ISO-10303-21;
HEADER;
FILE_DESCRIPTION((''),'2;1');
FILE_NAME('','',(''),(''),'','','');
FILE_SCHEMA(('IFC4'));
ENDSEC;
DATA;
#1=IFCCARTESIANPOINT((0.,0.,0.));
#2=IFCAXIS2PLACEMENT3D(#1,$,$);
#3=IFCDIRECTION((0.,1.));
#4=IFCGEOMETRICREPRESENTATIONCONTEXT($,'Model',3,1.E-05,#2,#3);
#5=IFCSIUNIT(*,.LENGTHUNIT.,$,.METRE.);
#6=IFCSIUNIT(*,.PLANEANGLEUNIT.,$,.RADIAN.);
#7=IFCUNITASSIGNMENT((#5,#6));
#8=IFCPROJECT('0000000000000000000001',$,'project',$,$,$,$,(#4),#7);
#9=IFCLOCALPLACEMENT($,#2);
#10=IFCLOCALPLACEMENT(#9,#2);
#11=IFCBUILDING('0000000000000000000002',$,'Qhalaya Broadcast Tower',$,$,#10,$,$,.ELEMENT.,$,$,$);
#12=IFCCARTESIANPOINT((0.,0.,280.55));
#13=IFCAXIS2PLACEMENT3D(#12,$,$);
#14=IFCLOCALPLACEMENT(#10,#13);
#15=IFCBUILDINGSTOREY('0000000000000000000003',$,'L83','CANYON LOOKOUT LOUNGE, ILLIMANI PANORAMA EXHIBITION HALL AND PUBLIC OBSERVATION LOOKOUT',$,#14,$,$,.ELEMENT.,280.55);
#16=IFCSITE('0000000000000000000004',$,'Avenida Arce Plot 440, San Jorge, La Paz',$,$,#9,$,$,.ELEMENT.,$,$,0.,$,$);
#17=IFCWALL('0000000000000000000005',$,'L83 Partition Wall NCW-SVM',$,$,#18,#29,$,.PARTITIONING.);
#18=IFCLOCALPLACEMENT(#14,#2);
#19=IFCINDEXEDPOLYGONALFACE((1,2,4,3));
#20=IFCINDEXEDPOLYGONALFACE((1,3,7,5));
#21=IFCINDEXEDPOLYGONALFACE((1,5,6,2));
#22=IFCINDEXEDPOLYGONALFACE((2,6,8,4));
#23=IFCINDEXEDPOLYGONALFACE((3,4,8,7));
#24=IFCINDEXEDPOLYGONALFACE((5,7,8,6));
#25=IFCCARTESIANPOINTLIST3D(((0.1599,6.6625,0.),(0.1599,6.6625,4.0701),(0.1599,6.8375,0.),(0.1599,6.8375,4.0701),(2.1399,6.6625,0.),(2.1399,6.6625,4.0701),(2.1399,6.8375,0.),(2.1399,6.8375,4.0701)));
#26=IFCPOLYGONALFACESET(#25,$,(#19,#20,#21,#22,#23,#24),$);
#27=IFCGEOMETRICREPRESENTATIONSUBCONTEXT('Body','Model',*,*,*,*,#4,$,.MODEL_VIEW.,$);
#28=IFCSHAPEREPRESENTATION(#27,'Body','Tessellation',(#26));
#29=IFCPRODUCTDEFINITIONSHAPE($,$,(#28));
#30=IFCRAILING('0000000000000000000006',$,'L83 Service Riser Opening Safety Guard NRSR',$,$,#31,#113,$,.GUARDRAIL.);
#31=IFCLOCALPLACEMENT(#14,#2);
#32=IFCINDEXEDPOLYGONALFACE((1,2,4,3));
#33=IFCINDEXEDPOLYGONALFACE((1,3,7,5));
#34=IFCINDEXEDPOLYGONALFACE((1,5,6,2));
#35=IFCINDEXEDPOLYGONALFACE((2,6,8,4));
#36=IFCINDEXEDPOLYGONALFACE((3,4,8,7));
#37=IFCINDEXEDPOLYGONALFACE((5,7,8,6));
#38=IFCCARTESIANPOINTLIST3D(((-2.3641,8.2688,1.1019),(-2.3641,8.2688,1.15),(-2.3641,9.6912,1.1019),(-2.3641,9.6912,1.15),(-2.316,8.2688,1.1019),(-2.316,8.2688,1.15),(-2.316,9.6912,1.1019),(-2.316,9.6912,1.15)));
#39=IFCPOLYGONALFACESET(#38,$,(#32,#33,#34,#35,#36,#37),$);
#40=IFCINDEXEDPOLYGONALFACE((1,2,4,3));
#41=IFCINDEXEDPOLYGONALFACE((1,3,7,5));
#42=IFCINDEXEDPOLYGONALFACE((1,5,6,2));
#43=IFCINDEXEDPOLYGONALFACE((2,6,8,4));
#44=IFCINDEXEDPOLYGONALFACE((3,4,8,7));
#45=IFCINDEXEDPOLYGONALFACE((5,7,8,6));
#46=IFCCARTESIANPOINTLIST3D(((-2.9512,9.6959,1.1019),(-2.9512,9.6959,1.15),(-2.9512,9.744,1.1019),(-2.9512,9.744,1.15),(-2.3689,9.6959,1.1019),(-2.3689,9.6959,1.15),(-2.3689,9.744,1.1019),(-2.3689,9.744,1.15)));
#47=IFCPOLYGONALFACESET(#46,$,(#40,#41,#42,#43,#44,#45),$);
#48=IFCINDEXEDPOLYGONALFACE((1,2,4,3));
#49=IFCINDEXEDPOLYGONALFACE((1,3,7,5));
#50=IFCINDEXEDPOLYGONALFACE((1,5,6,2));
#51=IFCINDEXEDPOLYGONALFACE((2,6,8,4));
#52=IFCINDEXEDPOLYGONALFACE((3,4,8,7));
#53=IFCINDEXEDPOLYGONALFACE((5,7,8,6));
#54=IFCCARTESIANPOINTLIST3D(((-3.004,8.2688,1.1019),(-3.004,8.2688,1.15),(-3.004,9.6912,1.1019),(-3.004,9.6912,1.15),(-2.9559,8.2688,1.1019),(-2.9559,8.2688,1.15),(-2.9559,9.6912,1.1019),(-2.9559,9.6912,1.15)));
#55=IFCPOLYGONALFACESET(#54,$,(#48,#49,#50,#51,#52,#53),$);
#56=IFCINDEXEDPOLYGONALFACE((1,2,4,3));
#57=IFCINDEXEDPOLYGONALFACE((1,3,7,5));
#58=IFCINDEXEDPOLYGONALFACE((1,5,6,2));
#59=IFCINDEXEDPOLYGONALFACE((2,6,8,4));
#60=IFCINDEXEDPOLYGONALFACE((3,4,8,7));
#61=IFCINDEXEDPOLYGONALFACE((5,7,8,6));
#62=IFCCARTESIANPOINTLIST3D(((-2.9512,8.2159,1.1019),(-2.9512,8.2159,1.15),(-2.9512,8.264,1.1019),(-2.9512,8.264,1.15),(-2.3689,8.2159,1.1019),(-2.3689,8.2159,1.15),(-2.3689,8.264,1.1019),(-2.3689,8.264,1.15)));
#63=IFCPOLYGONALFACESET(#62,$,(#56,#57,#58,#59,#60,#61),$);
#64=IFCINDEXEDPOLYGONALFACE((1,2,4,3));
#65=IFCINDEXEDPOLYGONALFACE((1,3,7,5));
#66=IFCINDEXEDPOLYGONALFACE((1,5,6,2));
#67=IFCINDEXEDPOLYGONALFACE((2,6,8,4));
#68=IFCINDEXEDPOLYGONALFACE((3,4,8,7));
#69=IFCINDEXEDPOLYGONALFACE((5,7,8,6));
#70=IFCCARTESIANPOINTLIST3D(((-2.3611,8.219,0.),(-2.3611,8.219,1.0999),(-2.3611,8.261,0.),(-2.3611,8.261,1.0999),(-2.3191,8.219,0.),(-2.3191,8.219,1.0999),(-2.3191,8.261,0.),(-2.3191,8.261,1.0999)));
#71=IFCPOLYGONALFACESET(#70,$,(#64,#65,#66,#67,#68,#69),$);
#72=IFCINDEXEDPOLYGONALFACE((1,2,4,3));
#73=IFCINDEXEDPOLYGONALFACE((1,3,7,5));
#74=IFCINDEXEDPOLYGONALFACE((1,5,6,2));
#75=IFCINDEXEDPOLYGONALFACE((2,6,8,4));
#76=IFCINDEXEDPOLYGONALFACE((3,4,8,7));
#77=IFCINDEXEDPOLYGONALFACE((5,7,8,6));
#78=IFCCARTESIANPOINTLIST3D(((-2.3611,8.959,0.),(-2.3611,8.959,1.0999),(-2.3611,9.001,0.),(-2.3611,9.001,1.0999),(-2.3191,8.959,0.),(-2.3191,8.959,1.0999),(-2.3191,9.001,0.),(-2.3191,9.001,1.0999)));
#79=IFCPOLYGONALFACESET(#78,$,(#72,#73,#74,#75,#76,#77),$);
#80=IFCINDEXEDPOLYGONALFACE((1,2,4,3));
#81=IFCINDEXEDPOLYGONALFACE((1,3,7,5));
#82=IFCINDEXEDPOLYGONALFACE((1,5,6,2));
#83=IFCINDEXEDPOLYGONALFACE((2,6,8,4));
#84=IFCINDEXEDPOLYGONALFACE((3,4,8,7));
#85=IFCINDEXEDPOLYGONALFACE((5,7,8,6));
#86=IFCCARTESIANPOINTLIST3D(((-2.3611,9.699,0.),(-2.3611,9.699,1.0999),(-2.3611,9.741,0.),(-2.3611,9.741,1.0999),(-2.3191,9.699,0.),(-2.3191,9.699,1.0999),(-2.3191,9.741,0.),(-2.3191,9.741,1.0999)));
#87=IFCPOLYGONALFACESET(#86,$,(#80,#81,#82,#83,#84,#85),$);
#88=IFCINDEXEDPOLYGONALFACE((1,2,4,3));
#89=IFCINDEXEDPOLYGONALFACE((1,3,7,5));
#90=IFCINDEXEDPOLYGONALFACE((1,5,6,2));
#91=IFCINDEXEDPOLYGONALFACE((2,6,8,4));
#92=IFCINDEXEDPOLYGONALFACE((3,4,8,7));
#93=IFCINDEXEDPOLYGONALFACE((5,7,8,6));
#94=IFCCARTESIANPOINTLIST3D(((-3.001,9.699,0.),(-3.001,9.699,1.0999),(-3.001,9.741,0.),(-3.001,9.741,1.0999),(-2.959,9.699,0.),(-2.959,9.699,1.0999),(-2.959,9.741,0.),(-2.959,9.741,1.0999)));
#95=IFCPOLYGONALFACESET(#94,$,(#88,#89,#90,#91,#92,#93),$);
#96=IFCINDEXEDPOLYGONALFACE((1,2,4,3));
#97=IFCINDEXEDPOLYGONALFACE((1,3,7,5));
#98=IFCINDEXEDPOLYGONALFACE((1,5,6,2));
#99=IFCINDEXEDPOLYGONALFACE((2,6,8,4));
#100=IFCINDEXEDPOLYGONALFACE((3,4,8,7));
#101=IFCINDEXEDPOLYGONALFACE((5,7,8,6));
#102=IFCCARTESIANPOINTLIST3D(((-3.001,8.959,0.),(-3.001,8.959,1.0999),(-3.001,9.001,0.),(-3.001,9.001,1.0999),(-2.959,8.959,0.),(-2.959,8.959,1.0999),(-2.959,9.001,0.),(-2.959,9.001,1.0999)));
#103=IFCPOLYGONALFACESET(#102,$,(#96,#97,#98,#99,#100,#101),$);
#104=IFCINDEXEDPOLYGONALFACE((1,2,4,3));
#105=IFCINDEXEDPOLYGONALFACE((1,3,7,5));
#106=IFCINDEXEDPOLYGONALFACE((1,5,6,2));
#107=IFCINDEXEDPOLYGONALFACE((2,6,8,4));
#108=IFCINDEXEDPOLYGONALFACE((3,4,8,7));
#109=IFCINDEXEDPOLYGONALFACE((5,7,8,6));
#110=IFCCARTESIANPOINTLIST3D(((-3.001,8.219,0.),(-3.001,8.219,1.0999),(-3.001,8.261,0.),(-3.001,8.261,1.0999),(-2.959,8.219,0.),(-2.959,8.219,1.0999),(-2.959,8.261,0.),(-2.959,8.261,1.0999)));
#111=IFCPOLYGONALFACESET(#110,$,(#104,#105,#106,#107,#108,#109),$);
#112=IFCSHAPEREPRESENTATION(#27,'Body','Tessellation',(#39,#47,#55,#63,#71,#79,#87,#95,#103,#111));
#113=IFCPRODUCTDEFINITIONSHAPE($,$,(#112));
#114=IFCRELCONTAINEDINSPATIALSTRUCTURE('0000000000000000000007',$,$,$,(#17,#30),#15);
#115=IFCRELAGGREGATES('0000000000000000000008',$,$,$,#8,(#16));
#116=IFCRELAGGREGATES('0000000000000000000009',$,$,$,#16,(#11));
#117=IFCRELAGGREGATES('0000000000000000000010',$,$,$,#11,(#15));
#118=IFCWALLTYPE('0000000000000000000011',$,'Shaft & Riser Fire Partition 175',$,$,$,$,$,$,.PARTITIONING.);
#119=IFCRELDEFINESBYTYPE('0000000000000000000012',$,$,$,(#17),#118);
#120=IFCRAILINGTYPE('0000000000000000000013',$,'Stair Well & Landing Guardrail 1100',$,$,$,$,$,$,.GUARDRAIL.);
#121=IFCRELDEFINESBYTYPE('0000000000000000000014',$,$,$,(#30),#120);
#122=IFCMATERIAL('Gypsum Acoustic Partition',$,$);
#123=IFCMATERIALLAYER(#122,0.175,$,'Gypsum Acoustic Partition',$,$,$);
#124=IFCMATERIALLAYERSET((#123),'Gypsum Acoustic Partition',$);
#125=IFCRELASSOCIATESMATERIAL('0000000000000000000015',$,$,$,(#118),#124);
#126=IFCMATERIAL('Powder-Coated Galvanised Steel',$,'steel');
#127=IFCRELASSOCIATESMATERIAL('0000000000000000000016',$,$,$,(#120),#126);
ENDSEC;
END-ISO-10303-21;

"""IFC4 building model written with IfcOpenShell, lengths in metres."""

from ifc_helpers import new_model, si_unit, direction, frame, frame_2d, origin, origin_2d, place, context, subcontext, project, spatial, rectangle, extrude, material, layer, layer_set, type_object, element, save


model = new_model("IFC4")

# Units and contexts
model_context = context("Model", 3, precision=1e-05, world=origin(), true_north=direction((0.0, 1.0)))
body_context = subcontext(model_context, "Body", "Model", "MODEL_VIEW")
ifc_project = project(units=[si_unit("LENGTHUNIT", "METRE"), si_unit("PLANEANGLEUNIT", "RADIAN")], contexts=[model_context])

# Site, building, storey
site_placement = place(None, origin())
site = spatial("IfcSite", under=ifc_project, at=site_placement, Name="Avenida Arce Plot 440, San Jorge, La Paz", CompositionType="ELEMENT", RefElevation=0.0)
building_placement = place(site_placement, origin())
building = spatial("IfcBuilding", under=site, at=building_placement, Name="Qhalaya Broadcast Tower", CompositionType="ELEMENT")
storey_placement = place(building_placement, frame((0.0, 0.0, 280.55)))
storey = spatial("IfcBuildingStorey", under=building, at=storey_placement, Name="L83", Description="CANYON LOOKOUT LOUNGE, ILLIMANI PANORAMA EXHIBITION HALL AND PUBLIC OBSERVATION LOOKOUT", CompositionType="ELEMENT", Elevation=280.55)

# Shared definitions
ifc_material_1 = material(Name="Gypsum Acoustic Partition")

# Shared definitions
ifc_layer_1 = layer(ifc_material_1, 0.175, Name="Gypsum Acoustic Partition")
ifc_layer_set_1 = layer_set([ifc_layer_1], Name="Gypsum Acoustic Partition")
wall_type_1 = type_object("IfcWallType", Name="Shaft & Riser Fire Partition 175", PredefinedType="PARTITIONING", material=ifc_layer_set_1)

# Wall
wall_1_placement = place(storey_placement, frame((0.1599, 6.75, 0.0), z_axis=(0.0, 0.0, 1.0), x_axis=(1.0, 0.0, 0.0)))
element("IfcWall", 1, at=wall_1_placement, inside=storey, type_object=wall_type_1, Name="L83 Partition Wall NCW-SVM", PredefinedType="PARTITIONING", context=body_context, shape_type="SweptSolid", body=[
    extrude(rectangle(XDim=1.98, YDim=0.175, at=frame_2d((0.99, 0.0))), origin(), (0.0, 0.0, 1.0), 4.0701),
])

# Railing
ifc_material_2 = material(Name="Powder-Coated Galvanised Steel", Category="steel")
railing_type = type_object("IfcRailingType", Name="Stair Well & Landing Guardrail 1100", PredefinedType="GUARDRAIL", material=ifc_material_2)
railing_placement = place(storey_placement, frame((-2.3401, 8.24, 0.0)))
element("IfcRailing", 2, at=railing_placement, inside=storey, type_object=railing_type, Name="L83 Service Riser Opening Safety Guard NRSR", PredefinedType="GUARDRAIL", context=body_context, shape_type="SweptSolid", body=[
    extrude(rectangle(XDim=0.0481, YDim=0.0481, at=origin_2d()), frame((0.0, 0.0288, 1.126), z_axis=(0.0, 1.0, 0.0), x_axis=(-1.0, 0.0, 0.0)), (0.0, 0.0, 1.0), 1.4224),
    extrude(rectangle(XDim=0.0481, YDim=0.0481, at=origin_2d()), frame((-0.0288, 1.48, 1.126), z_axis=(-1.0, 0.0, 0.0), x_axis=(0.0, -1.0, 0.0)), (0.0, 0.0, 1.0), 0.5823),
    extrude(rectangle(XDim=0.0481, YDim=0.0481, at=origin_2d()), frame((-0.6399, 1.4512, 1.126), z_axis=(0.0, -1.0, 0.0), x_axis=(1.0, 0.0, 0.0)), (0.0, 0.0, 1.0), 1.4224),
    extrude(rectangle(XDim=0.0481, YDim=0.0481, at=origin_2d()), frame((-0.6111, 0.0, 1.126), z_axis=(1.0, 0.0, 0.0), x_axis=(0.0, 1.0, 0.0)), (0.0, 0.0, 1.0), 0.5823),
    extrude(rectangle(XDim=0.042, YDim=0.042, at=origin_2d()), origin(), (0.0, 0.0, 1.0), 1.0999),
    extrude(rectangle(XDim=0.042, YDim=0.042, at=origin_2d()), frame((0.0, 0.74, 0.0)), (0.0, 0.0, 1.0), 1.0999),
    extrude(rectangle(XDim=0.042, YDim=0.042, at=origin_2d()), frame((0.0, 1.48, 0.0)), (0.0, 0.0, 1.0), 1.0999),
    extrude(rectangle(XDim=0.042, YDim=0.042, at=origin_2d()), frame((-0.6399, 1.48, 0.0)), (0.0, 0.0, 1.0), 1.0999),
    extrude(rectangle(XDim=0.042, YDim=0.042, at=origin_2d()), frame((-0.6399, 0.74, 0.0)), (0.0, 0.0, 1.0), 1.0999),
    extrude(rectangle(XDim=0.042, YDim=0.042, at=origin_2d()), frame((-0.6399, 0.0, 0.0)), (0.0, 0.0, 1.0), 1.0999),
])

save(model, "model.ifc")
